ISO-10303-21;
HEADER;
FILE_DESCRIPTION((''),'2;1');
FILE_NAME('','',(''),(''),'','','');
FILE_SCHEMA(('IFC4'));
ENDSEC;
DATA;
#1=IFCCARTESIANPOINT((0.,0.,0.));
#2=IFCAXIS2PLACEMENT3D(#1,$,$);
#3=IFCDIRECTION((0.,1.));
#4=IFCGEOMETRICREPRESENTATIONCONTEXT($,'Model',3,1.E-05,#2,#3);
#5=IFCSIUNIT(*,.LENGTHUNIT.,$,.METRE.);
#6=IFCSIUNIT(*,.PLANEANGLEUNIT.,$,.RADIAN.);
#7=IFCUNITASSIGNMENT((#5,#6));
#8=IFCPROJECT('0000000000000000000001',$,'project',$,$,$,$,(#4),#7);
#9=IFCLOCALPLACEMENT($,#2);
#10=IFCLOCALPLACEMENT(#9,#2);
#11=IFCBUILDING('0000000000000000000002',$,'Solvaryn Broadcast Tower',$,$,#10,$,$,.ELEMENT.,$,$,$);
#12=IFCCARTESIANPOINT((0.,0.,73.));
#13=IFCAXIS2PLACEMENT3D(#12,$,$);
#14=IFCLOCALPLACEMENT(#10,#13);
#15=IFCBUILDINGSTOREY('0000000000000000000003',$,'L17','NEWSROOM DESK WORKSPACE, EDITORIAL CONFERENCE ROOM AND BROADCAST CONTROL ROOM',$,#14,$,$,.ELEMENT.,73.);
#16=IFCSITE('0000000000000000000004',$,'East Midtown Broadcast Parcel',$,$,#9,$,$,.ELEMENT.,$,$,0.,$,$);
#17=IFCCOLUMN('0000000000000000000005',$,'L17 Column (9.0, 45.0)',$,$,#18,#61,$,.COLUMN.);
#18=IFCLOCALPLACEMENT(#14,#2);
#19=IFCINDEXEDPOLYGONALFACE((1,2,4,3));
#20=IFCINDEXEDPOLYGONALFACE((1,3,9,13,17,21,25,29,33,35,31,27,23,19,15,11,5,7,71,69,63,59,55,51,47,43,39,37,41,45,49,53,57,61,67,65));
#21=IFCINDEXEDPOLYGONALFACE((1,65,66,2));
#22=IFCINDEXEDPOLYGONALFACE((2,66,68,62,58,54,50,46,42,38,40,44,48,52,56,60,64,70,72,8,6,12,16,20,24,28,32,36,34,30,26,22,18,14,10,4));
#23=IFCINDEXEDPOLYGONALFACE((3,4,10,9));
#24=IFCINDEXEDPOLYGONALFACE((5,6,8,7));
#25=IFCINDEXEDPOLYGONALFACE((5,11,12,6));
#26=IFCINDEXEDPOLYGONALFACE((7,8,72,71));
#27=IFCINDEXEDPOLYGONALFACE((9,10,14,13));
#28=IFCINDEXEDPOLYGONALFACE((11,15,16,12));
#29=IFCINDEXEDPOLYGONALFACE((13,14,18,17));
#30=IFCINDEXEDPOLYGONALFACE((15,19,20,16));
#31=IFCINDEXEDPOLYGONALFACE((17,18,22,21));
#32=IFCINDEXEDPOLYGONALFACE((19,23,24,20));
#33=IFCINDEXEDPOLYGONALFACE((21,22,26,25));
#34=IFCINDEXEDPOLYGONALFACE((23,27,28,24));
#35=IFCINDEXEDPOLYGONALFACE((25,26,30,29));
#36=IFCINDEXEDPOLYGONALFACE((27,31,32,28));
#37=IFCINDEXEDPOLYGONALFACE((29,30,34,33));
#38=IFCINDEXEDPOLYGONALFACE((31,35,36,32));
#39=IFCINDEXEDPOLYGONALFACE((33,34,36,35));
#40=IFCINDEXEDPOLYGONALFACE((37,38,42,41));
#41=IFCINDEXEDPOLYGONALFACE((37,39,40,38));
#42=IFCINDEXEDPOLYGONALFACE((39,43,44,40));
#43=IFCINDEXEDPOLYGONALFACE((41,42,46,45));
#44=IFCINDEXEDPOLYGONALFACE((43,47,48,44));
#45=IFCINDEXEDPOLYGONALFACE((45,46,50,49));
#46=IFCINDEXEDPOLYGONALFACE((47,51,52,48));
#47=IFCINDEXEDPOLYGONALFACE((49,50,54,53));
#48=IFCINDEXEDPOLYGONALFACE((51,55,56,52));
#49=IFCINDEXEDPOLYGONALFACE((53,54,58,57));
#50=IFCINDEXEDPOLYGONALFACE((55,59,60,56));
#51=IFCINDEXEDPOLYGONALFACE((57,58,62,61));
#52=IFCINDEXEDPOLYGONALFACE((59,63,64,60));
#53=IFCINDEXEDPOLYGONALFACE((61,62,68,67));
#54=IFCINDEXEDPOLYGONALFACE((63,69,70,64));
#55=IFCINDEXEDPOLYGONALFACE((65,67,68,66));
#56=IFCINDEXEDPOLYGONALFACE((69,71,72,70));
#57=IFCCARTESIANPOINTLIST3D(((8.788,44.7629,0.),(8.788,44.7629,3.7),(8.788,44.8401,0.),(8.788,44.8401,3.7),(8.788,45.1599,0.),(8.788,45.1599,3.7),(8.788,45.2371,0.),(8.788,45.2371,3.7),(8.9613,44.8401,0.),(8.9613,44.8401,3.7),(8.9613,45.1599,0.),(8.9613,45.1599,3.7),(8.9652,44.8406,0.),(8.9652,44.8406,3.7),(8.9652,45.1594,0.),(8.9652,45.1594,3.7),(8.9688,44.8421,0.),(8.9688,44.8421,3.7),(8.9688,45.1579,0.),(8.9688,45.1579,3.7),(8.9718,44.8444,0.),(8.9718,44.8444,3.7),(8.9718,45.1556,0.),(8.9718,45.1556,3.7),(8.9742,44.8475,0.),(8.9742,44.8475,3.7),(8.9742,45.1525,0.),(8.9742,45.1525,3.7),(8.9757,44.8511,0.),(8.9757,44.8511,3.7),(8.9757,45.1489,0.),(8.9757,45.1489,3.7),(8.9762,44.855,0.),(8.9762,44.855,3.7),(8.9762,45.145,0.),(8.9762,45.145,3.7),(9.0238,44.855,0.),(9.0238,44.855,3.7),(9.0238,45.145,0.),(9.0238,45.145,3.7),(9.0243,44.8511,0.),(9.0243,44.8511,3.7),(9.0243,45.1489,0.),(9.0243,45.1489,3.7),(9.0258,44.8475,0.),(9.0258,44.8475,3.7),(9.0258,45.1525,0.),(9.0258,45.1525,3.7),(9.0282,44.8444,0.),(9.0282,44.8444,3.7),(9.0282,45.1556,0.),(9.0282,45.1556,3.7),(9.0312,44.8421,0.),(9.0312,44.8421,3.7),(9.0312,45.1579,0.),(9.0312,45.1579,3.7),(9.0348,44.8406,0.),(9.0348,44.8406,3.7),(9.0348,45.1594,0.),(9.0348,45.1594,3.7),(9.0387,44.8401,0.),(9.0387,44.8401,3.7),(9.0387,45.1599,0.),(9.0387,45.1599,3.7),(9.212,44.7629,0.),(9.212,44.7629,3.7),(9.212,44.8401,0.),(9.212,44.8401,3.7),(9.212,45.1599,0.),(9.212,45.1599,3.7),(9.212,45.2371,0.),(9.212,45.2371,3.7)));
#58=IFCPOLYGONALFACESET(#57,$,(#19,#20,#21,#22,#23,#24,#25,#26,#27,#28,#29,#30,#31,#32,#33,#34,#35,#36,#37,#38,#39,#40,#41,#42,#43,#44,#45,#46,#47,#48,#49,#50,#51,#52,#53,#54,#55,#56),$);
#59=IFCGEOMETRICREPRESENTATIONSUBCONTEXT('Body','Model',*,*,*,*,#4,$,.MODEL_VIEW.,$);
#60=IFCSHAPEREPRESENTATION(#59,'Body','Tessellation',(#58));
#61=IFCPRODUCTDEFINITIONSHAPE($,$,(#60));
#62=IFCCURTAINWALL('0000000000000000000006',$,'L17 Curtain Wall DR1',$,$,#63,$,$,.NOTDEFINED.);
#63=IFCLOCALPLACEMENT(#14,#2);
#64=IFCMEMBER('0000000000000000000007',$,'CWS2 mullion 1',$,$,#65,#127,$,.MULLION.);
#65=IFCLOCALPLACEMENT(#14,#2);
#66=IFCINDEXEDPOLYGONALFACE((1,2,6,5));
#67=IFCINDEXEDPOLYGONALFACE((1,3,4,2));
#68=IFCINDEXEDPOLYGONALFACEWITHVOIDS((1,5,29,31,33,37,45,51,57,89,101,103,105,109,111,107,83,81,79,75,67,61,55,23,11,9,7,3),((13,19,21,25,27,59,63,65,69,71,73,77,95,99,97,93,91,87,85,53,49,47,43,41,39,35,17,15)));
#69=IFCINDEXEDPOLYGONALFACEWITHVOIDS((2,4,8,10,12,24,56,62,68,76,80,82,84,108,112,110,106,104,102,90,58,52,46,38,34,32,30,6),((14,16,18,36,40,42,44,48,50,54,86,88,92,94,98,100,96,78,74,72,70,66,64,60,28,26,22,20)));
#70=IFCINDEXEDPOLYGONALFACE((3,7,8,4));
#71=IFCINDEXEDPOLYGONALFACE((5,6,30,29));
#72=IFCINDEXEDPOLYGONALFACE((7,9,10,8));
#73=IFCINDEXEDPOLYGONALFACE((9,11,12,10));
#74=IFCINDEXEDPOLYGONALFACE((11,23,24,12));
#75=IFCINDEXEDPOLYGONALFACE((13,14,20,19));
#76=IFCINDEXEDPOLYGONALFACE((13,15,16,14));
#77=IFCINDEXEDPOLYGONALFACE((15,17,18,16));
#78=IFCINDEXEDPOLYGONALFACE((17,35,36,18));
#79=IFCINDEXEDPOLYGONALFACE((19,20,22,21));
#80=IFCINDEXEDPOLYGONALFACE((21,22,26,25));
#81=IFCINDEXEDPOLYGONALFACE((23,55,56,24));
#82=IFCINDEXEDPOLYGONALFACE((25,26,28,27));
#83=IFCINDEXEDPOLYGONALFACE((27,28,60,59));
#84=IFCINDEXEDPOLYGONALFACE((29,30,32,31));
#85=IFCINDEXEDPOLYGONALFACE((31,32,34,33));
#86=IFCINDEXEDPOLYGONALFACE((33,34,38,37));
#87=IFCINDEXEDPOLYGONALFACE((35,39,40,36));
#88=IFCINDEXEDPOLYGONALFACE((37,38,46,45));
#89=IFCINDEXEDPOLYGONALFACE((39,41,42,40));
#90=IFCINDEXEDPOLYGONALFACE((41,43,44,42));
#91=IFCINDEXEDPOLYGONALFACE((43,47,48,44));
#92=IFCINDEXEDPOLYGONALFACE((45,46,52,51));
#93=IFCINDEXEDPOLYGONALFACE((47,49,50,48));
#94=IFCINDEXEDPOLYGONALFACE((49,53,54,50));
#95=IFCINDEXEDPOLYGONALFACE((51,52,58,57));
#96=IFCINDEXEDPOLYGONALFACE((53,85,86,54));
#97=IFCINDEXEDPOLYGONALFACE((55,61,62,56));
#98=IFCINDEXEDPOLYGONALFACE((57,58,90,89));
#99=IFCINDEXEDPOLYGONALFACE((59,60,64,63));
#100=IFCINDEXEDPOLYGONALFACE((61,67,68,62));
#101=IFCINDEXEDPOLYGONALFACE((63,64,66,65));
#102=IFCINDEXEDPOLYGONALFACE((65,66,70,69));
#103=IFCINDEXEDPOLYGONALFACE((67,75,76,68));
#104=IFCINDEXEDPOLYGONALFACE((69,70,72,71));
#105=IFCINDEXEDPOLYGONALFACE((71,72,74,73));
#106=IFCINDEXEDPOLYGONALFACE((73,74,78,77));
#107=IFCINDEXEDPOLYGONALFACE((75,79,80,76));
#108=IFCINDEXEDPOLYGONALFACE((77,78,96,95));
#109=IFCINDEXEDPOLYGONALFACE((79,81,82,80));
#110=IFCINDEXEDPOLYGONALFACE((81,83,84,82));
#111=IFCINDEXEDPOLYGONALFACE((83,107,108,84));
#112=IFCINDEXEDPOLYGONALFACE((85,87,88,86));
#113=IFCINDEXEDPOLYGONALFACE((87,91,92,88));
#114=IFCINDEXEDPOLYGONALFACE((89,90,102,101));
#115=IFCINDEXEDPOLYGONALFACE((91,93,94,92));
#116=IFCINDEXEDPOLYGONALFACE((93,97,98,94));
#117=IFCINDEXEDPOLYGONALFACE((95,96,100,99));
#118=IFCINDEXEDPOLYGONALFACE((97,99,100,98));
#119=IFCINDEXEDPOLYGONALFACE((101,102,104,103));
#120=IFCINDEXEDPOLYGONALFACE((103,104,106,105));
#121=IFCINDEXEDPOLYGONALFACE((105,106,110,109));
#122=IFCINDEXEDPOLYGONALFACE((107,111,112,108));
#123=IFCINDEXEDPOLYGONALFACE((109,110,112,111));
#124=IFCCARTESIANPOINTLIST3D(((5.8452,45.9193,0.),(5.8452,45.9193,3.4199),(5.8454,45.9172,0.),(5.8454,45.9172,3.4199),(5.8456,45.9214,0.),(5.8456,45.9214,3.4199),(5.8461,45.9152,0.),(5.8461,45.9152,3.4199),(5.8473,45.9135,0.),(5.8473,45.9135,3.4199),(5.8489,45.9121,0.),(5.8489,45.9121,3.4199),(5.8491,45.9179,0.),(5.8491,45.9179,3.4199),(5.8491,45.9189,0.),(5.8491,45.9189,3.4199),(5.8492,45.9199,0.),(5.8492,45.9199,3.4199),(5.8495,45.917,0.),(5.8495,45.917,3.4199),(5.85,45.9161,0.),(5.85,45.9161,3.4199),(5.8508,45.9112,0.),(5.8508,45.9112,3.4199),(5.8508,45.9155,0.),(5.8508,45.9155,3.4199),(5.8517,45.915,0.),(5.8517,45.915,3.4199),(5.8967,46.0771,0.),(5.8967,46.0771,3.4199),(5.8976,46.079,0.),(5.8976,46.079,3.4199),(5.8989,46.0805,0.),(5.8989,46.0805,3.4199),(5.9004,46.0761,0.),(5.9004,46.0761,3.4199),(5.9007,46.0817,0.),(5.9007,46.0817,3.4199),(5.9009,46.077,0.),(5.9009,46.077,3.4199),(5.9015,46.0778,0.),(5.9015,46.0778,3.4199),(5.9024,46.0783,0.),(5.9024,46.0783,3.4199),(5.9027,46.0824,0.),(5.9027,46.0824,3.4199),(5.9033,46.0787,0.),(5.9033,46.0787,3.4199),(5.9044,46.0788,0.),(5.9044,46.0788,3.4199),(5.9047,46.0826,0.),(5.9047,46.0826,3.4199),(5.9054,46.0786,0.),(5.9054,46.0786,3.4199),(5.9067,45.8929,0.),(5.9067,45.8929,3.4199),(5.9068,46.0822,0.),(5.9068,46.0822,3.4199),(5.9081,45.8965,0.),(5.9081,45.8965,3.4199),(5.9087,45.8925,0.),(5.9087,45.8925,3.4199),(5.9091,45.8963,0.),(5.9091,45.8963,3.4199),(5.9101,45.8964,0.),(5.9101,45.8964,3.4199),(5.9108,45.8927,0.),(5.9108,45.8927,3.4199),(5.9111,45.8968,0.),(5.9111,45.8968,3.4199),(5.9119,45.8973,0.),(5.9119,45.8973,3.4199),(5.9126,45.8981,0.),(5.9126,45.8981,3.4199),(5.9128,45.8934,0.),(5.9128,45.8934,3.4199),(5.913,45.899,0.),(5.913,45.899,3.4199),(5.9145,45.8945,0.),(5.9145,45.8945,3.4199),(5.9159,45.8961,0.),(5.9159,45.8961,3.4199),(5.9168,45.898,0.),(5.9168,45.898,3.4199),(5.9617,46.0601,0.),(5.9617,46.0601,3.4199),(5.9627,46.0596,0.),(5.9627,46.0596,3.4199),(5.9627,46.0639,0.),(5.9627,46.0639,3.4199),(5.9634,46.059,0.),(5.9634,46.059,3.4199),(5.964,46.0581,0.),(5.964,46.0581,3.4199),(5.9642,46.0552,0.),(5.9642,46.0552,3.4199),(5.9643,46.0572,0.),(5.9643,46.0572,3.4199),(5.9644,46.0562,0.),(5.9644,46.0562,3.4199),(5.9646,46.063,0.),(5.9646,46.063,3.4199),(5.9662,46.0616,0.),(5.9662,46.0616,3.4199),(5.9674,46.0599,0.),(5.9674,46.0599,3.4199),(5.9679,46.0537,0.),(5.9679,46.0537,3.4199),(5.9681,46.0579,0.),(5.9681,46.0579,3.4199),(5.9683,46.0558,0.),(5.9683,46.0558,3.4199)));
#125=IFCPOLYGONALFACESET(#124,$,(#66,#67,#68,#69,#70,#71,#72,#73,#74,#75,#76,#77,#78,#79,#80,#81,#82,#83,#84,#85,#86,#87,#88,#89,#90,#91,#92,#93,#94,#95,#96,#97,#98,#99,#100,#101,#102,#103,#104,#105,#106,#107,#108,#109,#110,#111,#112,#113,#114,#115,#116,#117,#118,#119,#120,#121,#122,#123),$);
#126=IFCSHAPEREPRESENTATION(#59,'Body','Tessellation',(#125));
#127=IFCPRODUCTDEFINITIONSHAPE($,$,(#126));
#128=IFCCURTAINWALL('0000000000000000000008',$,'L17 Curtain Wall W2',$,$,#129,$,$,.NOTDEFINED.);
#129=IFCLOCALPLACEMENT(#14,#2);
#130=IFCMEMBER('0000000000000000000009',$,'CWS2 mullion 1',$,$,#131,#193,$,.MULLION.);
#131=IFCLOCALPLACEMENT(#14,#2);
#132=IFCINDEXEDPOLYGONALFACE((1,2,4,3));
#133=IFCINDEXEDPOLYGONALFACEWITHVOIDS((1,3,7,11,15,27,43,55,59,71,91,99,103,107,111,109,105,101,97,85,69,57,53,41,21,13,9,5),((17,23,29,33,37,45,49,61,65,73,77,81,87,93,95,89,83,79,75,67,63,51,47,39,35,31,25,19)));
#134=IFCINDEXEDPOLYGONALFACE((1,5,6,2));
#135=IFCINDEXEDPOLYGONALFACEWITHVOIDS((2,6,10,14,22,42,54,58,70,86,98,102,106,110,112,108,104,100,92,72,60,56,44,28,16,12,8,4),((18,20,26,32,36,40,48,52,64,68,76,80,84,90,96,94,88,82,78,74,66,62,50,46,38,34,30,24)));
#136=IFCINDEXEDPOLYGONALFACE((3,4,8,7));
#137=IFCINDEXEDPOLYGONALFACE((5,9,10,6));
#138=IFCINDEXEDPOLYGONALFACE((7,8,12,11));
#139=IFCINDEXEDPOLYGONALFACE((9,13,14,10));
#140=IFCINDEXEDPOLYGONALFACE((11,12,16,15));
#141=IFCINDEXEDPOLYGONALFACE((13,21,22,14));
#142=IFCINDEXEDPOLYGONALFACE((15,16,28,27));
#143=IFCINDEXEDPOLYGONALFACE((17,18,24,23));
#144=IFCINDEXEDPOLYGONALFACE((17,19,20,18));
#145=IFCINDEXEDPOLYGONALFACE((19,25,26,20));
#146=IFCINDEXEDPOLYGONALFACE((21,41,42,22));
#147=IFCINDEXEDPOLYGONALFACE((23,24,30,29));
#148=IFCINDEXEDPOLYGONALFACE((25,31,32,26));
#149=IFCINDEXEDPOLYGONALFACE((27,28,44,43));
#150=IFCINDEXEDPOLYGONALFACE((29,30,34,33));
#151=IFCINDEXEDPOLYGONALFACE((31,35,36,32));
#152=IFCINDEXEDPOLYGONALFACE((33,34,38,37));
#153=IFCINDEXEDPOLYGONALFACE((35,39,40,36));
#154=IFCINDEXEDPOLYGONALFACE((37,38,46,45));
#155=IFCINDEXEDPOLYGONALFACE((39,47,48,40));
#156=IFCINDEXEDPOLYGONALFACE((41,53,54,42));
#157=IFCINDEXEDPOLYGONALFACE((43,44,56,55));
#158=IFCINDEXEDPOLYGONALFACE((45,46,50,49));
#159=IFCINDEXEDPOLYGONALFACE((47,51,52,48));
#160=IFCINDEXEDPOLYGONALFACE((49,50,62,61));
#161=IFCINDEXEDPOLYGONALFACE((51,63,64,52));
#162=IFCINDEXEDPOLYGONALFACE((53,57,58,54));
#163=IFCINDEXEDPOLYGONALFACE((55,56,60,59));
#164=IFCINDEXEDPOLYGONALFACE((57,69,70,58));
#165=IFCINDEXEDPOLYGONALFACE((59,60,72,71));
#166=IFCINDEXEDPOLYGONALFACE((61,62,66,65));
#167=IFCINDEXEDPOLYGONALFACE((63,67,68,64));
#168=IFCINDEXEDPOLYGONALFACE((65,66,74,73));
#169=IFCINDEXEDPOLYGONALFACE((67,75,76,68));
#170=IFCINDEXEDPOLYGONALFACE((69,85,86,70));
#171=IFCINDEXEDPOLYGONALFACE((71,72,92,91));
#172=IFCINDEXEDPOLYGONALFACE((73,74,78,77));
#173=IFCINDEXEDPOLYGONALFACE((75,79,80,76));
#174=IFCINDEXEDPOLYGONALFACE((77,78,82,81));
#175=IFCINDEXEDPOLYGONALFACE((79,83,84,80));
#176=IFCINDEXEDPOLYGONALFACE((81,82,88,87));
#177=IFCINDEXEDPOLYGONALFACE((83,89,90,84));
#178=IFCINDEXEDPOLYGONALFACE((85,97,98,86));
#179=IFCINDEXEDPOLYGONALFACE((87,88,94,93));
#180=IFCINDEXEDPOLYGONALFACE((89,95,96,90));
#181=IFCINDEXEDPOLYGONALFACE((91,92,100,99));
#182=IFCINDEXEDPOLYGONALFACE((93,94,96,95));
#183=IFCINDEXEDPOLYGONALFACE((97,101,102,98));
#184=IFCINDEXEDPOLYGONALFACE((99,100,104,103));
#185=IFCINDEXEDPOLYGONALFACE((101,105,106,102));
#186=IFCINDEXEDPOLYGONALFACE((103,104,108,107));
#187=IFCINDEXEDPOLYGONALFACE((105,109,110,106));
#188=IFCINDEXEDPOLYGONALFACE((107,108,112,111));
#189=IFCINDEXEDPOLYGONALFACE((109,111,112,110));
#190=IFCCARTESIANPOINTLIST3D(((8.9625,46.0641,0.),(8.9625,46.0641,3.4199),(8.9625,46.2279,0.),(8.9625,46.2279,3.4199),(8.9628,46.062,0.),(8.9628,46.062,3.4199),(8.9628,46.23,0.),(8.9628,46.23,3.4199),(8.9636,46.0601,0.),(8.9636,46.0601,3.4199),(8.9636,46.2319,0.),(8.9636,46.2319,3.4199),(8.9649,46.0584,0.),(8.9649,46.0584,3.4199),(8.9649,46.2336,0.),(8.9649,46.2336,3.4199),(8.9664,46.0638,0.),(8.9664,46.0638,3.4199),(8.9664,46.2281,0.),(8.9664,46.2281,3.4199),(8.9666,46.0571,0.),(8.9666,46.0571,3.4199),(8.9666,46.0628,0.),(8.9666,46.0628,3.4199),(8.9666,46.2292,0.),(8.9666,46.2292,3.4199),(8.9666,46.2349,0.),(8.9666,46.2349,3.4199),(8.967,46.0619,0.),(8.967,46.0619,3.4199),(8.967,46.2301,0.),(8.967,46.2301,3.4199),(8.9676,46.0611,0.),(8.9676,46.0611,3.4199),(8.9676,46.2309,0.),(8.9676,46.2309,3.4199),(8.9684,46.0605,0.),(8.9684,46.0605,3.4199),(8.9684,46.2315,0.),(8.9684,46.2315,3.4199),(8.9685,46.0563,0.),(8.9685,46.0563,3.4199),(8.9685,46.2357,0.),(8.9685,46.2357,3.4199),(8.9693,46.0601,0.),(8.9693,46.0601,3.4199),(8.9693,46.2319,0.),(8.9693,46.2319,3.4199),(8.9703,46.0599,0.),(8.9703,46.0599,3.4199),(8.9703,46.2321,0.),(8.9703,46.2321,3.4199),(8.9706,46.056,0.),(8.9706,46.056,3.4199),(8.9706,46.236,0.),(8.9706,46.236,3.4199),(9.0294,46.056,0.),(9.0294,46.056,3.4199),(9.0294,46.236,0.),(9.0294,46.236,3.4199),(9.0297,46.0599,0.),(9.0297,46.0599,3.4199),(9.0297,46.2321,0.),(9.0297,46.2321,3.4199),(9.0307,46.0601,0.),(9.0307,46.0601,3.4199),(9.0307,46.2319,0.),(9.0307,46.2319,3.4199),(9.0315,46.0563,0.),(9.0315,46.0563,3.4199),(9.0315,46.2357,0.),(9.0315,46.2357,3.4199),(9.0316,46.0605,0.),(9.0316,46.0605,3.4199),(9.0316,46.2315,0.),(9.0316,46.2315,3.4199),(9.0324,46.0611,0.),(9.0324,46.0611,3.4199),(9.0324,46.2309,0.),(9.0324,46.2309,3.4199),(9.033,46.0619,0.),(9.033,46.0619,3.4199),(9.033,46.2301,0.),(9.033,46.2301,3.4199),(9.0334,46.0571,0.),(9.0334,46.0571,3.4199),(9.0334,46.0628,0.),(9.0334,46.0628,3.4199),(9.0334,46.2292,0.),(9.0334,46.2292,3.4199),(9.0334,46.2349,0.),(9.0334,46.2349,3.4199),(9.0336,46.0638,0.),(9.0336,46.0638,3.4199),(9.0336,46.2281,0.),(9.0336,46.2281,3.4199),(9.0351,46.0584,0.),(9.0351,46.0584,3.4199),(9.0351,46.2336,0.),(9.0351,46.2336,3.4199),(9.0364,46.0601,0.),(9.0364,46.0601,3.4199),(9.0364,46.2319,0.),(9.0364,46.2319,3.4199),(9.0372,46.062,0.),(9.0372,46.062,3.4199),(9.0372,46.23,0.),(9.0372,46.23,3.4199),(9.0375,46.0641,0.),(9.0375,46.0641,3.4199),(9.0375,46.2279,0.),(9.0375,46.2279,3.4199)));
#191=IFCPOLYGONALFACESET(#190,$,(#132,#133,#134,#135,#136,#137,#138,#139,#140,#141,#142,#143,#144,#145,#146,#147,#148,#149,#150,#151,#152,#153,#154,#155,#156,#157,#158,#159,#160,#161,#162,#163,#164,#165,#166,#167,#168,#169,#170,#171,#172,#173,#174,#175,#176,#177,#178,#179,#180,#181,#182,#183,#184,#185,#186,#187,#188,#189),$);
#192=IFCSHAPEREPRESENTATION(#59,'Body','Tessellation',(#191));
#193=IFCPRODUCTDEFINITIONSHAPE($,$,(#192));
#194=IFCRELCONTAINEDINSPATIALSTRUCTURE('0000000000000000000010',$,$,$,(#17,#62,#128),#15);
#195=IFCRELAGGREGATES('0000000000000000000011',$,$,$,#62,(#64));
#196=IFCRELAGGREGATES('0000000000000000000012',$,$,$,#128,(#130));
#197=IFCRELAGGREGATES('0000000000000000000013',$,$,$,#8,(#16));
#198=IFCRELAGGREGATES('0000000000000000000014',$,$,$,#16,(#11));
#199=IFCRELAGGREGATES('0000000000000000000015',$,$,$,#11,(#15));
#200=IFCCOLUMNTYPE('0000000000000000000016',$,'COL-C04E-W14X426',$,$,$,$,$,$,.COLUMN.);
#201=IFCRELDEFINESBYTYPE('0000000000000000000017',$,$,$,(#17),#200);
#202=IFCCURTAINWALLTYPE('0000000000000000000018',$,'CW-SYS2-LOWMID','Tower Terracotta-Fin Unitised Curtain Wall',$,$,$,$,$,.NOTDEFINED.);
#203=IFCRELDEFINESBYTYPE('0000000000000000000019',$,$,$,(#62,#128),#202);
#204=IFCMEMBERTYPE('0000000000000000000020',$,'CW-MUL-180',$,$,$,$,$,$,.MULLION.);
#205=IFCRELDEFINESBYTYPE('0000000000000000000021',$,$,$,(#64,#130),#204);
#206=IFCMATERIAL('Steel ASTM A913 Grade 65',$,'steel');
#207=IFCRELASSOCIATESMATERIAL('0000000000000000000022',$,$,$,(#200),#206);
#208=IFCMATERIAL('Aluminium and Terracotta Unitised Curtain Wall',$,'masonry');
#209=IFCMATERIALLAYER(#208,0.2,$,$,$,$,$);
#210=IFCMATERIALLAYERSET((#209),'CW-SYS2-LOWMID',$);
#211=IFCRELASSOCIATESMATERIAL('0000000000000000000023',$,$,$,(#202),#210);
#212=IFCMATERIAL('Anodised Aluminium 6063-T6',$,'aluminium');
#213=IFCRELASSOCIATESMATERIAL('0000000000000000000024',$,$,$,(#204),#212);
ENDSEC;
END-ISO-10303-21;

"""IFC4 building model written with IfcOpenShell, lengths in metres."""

from ifc_helpers import new_model, si_unit, direction, frame, origin, origin_2d, place, context, subcontext, project, spatial, hollow_rectangle, i_section, extrude, material, layer, layer_set, material_profile, profile_set, type_object, element, aggregate, save


model = new_model("IFC4")

# Units and contexts
model_context = context("Model", 3, precision=1e-05, world=origin(), true_north=direction((0.0, 1.0)))
body_context = subcontext(model_context, "Body", "Model", "MODEL_VIEW")
ifc_project = project(units=[si_unit("LENGTHUNIT", "METRE"), si_unit("PLANEANGLEUNIT", "RADIAN")], contexts=[model_context])

# Site, building, storey
site_placement = place(None, origin())
site = spatial("IfcSite", under=ifc_project, at=site_placement, Name="East Midtown Broadcast Parcel", CompositionType="ELEMENT", RefElevation=0.0)
building_placement = place(site_placement, origin())
building = spatial("IfcBuilding", under=site, at=building_placement, Name="Solvaryn Broadcast Tower", CompositionType="ELEMENT")
storey_placement = place(building_placement, frame((0.0, 0.0, 73.0)))
storey = spatial("IfcBuildingStorey", under=building, at=storey_placement, Name="L17", Description="NEWSROOM DESK WORKSPACE, EDITORIAL CONFERENCE ROOM AND BROADCAST CONTROL ROOM", CompositionType="ELEMENT", Elevation=73.0)

# Column
ifc_material_1 = material(Name="Steel ASTM A913 Grade 65", Category="steel")
ifc_material_profile_1 = material_profile(ifc_material_1, i_section(OverallWidth=0.4241, OverallDepth=0.4741, WebThickness=0.0476, FlangeThickness=0.0771, FilletRadius=0.0149, at=origin_2d()))
ifc_profile_set_1 = profile_set([ifc_material_profile_1], Name="Steel ASTM A913 Grade 65")
column_type = type_object("IfcColumnType", Name="COL-C04E-W14X426", PredefinedType="COLUMN", material=ifc_profile_set_1)
column_placement = place(storey_placement, frame((9.0, 45.0, 0.0), z_axis=(0.0, 0.0, 1.0), x_axis=(1.0, 0.0, 0.0)))
element("IfcColumn", 1, at=column_placement, inside=storey, type_object=column_type, Name="L17 Column (9.0, 45.0)", PredefinedType="COLUMN", context=body_context, shape_type="SweptSolid", body=[
    extrude(i_section(OverallWidth=0.4241, OverallDepth=0.4741, WebThickness=0.0476, FlangeThickness=0.0771, FilletRadius=0.0149, at=origin_2d()), origin(), (0.0, 0.0, 1.0), 3.7),
])

# Curtain wall, member
ifc_material_2 = material(Name="Aluminium and Terracotta Unitised Curtain Wall", Category="masonry")
ifc_layer_1 = layer(ifc_material_2, 0.2)
ifc_layer_set_1 = layer_set([ifc_layer_1], Name="CW-SYS2-LOWMID")
curtain_wall_type = type_object("IfcCurtainWallType", Name="CW-SYS2-LOWMID", Description="Tower Terracotta-Fin Unitised Curtain Wall", PredefinedType="NOTDEFINED", material=ifc_layer_set_1)
curtain_wall_1_placement = place(storey_placement, origin())
curtain_wall_1 = element("IfcCurtainWall", 2, at=curtain_wall_1_placement, inside=storey, type_object=curtain_wall_type, Name="L17 Curtain Wall DR1", PredefinedType="NOTDEFINED")
ifc_material_3 = material(Name="Anodised Aluminium 6063-T6", Category="aluminium")
ifc_material_profile_2 = material_profile(ifc_material_3, hollow_rectangle(XDim=0.075, YDim=0.1799, WallThickness=0.0039, InnerFilletRadius=0.0039, OuterFilletRadius=0.0081, at=origin_2d()))
ifc_profile_set_2 = profile_set([ifc_material_profile_2], Name="Anodised Aluminium 6063-T6")
member_type_1 = type_object("IfcMemberType", Name="CW-MUL-180", PredefinedType="MULLION", material=ifc_profile_set_2)
member_1_placement = place(storey_placement, frame((5.9067, 45.9875, 0.0), z_axis=(0.0, 0.0, 1.0), x_axis=(0.950215, -0.311594, 0.0)))
member_1 = element("IfcMember", 3, at=member_1_placement, type_object=member_type_1, Name="CWS2 mullion 1", PredefinedType="MULLION", context=body_context, shape_type="SweptSolid", body=[
    extrude(hollow_rectangle(XDim=0.075, YDim=0.1799, WallThickness=0.0039, InnerFilletRadius=0.0039, OuterFilletRadius=0.0081, at=origin_2d()), origin(), (0.0, 0.0, 1.0), 3.4199),
])

# Curtain wall, member
curtain_wall_2_placement = place(storey_placement, origin())
curtain_wall_2 = element("IfcCurtainWall", 4, at=curtain_wall_2_placement, inside=storey, type_object=curtain_wall_type, Name="L17 Curtain Wall W2", PredefinedType="NOTDEFINED")
member_2_placement = place(storey_placement, frame((9.0, 46.146, 0.0), z_axis=(0.0, 0.0, 1.0), x_axis=(-1.0, 0.0, 0.0)))
member_2 = element("IfcMember", 5, at=member_2_placement, type_object=member_type_1, Name="CWS2 mullion 1", PredefinedType="MULLION", context=body_context, shape_type="SweptSolid", body=[
    extrude(hollow_rectangle(XDim=0.075, YDim=0.1799, WallThickness=0.0039, InnerFilletRadius=0.0039, OuterFilletRadius=0.0081, at=origin_2d()), origin(), (0.0, 0.0, 1.0), 3.4199),
])

aggregate(curtain_wall_1, [member_1])

aggregate(curtain_wall_2, [member_2])

save(model, "model.ifc")
